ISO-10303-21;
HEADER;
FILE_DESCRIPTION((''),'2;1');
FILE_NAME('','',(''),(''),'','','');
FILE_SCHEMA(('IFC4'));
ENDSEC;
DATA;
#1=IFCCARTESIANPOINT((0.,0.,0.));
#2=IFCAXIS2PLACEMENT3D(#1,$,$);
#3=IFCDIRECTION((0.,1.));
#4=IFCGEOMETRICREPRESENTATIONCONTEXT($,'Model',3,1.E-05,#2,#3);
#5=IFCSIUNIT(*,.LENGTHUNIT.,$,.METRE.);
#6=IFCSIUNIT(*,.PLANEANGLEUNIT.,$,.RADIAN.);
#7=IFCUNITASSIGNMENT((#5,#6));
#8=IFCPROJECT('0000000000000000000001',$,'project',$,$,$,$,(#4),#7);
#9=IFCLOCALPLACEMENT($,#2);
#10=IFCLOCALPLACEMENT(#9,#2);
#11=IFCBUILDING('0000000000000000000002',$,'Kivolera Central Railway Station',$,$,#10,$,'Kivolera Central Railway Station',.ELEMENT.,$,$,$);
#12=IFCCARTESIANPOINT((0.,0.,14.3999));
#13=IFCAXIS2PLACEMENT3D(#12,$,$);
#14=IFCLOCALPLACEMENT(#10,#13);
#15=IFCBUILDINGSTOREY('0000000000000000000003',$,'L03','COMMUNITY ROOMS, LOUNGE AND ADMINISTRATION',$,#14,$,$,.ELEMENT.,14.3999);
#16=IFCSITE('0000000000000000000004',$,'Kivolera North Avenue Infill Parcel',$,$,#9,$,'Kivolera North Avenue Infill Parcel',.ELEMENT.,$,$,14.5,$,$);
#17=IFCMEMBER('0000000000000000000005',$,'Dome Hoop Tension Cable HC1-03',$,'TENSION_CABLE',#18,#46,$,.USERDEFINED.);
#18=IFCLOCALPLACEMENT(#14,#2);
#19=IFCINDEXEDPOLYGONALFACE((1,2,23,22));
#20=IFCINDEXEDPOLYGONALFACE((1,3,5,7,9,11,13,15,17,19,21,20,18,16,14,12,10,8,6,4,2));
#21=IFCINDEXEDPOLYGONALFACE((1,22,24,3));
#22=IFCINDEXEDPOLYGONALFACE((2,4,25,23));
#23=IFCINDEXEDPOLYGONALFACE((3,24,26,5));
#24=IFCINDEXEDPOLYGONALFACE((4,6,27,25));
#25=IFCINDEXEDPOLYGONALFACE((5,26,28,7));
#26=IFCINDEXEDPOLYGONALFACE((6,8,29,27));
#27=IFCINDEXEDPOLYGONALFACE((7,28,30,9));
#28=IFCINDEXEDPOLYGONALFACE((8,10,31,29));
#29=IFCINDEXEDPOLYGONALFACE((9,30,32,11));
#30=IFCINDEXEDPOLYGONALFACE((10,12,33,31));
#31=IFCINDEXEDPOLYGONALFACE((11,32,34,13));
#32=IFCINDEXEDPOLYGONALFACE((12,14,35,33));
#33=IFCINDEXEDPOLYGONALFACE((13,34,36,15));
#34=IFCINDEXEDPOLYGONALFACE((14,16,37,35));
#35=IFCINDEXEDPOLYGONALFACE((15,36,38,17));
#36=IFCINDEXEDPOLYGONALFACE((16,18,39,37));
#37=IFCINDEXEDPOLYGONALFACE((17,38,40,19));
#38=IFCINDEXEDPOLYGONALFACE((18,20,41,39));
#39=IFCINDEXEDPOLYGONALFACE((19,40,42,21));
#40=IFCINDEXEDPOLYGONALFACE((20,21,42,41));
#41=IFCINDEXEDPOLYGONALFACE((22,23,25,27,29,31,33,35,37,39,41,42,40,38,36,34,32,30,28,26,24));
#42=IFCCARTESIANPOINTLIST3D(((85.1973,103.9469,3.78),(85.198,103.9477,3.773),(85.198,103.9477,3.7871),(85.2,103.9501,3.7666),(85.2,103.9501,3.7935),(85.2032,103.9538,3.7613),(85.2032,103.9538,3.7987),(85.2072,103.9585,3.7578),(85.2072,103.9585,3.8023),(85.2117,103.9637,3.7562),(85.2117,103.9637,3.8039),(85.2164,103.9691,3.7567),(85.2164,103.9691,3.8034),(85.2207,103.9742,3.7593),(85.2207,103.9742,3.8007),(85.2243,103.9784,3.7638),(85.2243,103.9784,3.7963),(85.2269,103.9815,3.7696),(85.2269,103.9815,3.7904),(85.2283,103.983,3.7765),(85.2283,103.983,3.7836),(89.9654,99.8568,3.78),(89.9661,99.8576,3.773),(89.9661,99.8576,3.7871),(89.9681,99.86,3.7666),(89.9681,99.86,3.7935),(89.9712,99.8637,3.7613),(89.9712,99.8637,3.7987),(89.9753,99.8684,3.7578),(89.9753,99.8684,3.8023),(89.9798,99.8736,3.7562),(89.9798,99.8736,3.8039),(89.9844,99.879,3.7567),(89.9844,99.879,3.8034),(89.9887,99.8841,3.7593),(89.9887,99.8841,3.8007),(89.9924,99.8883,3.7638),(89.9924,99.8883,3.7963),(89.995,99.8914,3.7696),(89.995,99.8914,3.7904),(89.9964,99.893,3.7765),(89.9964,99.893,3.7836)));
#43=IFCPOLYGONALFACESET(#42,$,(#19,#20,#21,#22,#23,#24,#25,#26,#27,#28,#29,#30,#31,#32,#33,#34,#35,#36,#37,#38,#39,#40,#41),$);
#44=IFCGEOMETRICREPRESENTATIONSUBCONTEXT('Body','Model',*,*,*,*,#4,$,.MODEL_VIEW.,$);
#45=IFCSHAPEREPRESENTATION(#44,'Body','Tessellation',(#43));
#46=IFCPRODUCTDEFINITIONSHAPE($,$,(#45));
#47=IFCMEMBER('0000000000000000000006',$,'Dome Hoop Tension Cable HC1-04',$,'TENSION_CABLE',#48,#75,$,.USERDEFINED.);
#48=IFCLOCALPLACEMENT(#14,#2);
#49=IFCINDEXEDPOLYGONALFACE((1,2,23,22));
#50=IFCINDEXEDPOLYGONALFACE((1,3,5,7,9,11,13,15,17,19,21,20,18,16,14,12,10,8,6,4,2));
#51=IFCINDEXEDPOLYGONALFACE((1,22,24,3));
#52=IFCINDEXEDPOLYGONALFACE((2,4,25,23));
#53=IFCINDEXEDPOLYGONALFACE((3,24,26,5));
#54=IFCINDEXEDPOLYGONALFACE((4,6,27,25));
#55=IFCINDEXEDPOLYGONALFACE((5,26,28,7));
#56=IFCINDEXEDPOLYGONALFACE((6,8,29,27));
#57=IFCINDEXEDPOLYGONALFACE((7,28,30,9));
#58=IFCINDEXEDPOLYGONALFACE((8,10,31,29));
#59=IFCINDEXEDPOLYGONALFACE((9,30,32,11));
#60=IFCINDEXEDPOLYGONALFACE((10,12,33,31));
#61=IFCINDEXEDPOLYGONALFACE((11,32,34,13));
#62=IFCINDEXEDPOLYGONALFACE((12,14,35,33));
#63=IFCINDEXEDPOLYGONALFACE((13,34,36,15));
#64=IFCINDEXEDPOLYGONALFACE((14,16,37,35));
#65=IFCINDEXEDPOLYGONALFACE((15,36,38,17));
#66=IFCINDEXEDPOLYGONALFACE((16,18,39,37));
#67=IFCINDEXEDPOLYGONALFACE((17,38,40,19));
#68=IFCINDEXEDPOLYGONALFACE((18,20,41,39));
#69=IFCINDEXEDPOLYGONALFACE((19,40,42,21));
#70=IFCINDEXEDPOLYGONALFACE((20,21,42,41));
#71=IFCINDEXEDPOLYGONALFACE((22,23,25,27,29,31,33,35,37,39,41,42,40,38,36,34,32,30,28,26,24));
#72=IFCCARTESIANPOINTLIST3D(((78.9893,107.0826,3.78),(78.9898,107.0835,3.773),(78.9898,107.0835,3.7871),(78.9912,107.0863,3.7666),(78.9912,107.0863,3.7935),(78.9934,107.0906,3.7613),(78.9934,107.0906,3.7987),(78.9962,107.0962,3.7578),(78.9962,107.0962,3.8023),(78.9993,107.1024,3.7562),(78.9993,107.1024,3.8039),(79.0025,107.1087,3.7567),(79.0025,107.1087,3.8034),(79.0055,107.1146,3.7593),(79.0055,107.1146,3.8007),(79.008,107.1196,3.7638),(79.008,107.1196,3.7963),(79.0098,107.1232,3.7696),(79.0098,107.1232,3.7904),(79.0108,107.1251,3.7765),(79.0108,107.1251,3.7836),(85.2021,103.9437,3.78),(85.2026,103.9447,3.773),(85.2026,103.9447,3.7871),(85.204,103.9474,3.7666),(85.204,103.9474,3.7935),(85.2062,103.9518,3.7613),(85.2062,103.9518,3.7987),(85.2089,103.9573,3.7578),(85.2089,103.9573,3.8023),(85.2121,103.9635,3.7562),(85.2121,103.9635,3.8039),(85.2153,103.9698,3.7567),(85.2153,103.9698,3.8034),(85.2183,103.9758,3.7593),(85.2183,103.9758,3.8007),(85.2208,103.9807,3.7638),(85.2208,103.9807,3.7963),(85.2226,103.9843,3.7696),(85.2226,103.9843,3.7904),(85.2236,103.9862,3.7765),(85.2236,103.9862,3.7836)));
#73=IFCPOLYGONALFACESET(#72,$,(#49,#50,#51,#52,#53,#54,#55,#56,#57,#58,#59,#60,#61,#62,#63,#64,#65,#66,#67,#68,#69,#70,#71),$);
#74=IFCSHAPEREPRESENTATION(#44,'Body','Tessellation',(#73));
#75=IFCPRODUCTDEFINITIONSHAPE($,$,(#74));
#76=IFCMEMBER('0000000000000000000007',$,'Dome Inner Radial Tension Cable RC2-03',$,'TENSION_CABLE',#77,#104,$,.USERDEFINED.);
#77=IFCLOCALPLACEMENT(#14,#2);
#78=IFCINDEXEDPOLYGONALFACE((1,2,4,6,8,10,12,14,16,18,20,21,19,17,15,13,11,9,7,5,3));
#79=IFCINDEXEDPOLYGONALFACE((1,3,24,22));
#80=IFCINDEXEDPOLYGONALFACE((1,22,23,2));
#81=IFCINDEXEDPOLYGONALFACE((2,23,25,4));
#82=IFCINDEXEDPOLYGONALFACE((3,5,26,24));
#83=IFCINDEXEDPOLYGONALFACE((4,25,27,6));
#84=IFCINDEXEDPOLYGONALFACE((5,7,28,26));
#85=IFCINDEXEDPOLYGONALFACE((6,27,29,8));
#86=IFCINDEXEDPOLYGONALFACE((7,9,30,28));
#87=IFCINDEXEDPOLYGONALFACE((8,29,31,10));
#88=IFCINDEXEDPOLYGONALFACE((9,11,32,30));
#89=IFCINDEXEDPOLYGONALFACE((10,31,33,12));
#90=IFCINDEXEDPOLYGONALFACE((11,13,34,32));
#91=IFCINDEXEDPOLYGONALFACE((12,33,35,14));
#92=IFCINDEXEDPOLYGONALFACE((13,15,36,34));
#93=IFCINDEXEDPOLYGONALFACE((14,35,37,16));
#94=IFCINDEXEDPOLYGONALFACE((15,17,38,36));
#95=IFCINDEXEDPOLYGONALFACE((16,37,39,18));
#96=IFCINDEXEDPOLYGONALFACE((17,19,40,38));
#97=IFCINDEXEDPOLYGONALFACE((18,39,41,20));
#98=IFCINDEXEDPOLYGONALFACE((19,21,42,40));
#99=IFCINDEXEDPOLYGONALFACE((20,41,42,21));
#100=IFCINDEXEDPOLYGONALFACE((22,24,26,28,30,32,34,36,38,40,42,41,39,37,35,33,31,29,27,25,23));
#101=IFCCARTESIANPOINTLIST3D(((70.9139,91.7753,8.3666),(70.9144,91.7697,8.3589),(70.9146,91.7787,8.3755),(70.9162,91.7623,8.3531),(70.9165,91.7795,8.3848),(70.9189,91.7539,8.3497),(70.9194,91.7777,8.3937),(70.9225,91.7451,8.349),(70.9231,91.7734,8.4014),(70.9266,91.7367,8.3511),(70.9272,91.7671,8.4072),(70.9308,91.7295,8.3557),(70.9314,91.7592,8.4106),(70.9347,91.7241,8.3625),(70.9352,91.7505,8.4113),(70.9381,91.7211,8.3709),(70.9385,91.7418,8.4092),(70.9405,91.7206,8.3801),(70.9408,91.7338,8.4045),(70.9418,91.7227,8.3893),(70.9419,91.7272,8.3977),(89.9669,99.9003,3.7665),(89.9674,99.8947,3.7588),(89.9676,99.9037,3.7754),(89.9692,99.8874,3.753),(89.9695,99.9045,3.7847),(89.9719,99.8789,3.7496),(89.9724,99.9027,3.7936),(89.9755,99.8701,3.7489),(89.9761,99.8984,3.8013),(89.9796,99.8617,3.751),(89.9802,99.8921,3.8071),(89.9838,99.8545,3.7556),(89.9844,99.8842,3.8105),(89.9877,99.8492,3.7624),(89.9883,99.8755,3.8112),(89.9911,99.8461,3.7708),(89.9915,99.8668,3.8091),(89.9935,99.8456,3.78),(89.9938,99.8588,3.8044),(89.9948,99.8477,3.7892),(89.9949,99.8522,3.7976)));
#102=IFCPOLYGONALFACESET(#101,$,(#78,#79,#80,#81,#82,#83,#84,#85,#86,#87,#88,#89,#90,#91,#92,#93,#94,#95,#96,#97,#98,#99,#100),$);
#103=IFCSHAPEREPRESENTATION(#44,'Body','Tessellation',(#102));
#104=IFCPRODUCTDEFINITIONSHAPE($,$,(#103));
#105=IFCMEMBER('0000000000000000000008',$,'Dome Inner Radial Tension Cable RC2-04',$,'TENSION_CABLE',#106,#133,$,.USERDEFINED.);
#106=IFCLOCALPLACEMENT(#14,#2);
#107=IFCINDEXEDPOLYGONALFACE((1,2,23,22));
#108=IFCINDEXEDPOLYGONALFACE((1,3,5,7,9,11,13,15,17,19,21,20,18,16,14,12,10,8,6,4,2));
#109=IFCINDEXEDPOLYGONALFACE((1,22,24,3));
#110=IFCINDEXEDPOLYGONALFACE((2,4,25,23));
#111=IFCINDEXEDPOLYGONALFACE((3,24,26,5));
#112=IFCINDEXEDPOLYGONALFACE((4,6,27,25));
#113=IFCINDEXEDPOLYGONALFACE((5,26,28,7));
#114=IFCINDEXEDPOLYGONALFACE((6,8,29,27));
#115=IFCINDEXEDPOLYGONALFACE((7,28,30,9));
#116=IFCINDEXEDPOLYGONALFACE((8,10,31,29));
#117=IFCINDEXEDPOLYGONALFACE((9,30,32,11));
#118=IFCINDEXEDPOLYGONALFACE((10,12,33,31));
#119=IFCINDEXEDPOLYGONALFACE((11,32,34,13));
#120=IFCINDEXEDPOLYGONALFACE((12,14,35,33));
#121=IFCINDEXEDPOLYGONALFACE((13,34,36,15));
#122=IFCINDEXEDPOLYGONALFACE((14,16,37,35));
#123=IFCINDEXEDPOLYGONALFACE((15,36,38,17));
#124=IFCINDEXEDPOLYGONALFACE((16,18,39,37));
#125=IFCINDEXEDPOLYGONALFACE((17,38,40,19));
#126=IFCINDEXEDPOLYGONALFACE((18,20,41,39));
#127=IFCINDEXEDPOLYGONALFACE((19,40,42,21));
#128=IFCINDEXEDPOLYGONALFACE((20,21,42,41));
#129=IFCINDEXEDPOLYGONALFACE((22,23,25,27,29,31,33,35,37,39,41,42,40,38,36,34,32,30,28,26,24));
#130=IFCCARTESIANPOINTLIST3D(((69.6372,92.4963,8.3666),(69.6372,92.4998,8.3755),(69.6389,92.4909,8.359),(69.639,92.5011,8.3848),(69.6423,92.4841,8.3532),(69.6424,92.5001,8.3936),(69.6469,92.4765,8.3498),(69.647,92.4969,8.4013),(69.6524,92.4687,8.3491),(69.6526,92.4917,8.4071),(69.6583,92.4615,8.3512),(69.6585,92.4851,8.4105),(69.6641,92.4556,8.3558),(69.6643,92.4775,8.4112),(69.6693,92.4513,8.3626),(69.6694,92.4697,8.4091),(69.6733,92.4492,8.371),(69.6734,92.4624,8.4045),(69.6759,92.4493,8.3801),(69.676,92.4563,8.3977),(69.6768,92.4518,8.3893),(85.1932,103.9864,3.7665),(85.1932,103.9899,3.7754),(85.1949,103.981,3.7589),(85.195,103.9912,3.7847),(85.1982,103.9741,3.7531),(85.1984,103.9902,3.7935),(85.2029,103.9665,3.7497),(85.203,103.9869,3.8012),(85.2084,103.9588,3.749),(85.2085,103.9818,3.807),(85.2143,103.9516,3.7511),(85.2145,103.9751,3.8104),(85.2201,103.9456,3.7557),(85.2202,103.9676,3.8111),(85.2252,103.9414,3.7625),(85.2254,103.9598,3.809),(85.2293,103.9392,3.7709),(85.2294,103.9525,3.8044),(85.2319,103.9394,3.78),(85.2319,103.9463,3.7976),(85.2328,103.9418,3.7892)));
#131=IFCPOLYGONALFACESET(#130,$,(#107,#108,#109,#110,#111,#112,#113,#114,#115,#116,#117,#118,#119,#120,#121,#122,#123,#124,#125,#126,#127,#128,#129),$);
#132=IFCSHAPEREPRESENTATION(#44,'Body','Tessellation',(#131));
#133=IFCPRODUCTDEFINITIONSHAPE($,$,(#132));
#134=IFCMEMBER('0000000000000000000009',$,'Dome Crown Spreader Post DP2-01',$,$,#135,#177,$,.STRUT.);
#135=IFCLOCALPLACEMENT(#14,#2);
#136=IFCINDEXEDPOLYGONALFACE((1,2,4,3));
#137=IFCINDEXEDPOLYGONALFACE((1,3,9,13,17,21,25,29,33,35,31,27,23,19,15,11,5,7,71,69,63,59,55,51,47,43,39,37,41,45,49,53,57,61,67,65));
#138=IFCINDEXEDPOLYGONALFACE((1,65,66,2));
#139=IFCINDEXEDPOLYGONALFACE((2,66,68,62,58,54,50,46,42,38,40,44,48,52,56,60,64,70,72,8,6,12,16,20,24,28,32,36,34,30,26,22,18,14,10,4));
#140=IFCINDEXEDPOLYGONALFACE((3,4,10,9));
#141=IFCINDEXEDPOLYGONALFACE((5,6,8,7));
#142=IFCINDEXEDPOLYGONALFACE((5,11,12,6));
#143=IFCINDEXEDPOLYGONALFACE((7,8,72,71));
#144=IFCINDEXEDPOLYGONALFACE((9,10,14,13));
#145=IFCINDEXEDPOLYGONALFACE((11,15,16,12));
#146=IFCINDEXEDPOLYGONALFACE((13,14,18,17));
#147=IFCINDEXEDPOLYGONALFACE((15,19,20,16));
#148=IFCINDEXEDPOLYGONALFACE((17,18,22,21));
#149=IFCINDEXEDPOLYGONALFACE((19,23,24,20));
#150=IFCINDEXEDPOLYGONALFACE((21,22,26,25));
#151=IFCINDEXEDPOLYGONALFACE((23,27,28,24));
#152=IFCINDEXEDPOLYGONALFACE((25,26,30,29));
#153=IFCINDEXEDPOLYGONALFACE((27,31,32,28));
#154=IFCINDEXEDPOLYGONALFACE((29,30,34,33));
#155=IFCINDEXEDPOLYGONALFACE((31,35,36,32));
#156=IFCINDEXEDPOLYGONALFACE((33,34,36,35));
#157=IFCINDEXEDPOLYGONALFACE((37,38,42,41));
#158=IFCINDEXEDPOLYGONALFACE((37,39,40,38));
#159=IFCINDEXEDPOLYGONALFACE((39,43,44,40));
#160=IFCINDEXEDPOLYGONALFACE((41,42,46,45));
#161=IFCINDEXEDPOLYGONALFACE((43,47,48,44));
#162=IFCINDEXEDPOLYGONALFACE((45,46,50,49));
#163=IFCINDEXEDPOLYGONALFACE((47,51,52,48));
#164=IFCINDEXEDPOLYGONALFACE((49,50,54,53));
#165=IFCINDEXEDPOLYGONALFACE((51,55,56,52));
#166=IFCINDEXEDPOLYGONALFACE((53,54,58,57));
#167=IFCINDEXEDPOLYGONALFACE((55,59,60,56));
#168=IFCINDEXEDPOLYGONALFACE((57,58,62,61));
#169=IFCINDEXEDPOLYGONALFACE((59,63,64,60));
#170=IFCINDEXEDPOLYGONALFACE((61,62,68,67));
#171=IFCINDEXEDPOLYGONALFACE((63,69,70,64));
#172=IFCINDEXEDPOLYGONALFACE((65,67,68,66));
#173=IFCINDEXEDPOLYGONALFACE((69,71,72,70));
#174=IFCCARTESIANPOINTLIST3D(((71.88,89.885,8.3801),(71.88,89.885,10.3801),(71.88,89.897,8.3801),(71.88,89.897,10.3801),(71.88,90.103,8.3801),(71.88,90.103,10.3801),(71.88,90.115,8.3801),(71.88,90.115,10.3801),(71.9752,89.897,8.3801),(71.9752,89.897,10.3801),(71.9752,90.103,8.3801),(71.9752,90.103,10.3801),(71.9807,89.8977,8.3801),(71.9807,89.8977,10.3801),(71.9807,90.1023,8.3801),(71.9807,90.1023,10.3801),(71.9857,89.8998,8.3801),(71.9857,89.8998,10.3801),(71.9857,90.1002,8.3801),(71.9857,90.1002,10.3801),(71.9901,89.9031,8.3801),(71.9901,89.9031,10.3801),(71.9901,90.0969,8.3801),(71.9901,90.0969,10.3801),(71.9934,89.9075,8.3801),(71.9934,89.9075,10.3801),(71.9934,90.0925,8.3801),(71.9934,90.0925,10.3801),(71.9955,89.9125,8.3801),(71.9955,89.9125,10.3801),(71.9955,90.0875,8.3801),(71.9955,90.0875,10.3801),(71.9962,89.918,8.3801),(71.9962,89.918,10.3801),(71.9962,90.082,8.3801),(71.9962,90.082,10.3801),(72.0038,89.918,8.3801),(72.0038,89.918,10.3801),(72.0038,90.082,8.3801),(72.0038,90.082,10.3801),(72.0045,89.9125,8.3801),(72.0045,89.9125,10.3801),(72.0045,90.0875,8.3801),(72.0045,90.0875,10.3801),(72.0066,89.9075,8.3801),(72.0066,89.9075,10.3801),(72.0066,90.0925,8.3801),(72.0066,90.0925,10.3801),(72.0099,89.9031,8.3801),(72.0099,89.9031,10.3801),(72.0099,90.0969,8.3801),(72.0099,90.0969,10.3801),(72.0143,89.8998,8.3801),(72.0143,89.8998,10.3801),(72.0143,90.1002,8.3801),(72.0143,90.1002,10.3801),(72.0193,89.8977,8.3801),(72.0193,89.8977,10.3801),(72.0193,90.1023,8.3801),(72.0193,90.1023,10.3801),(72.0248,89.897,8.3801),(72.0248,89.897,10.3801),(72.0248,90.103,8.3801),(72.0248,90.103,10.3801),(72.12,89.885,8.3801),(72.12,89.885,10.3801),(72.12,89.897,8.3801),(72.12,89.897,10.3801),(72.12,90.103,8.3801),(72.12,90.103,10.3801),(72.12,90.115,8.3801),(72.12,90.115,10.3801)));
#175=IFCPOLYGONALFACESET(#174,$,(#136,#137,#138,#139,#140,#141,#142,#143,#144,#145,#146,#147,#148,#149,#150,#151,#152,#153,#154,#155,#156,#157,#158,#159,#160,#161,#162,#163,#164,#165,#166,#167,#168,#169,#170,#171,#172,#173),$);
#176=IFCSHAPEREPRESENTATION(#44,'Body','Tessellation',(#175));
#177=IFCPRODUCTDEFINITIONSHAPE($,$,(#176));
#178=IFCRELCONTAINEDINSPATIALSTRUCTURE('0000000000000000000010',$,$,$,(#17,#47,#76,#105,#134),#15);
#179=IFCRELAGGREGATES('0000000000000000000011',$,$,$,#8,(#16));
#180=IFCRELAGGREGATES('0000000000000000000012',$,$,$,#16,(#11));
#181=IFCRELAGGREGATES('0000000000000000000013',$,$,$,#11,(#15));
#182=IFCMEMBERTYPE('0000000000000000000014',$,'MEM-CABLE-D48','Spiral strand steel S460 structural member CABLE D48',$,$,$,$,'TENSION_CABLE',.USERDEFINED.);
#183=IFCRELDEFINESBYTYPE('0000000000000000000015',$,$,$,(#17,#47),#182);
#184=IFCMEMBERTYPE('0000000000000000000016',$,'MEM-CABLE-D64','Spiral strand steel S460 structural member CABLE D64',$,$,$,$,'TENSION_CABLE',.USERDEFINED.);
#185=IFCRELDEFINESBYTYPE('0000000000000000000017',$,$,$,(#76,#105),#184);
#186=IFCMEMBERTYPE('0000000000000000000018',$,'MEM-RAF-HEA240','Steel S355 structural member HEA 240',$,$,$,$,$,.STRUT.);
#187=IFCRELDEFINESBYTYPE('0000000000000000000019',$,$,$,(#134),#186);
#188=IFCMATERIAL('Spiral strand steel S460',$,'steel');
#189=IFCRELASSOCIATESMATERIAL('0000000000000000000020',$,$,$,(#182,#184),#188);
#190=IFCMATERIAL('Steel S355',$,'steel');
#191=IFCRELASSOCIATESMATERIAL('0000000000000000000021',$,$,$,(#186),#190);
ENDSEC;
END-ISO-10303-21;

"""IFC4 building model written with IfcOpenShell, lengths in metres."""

from ifc_helpers import new_model, si_unit, direction, frame, origin, origin_2d, place, context, subcontext, project, spatial, circle, i_section, extrude, material, material_profile, profile_set, type_object, element, save


model = new_model("IFC4")

# Units and contexts
model_context = context("Model", 3, precision=1e-05, world=origin(), true_north=direction((0.0, 1.0)))
body_context = subcontext(model_context, "Body", "Model", "MODEL_VIEW")
ifc_project = project(units=[si_unit("LENGTHUNIT", "METRE"), si_unit("PLANEANGLEUNIT", "RADIAN")], contexts=[model_context])

# Site, building, storey
site_placement = place(None, origin())
site = spatial("IfcSite", under=ifc_project, at=site_placement, Name="Kivolera North Avenue Infill Parcel", LongName="Kivolera North Avenue Infill Parcel", CompositionType="ELEMENT", RefElevation=14.5)
building_placement = place(site_placement, origin())
building = spatial("IfcBuilding", under=site, at=building_placement, Name="Kivolera Central Railway Station", LongName="Kivolera Central Railway Station", CompositionType="ELEMENT")
storey_placement = place(building_placement, frame((0.0, 0.0, 14.3999)))
storey = spatial("IfcBuildingStorey", under=building, at=storey_placement, Name="L03", Description="COMMUNITY ROOMS, LOUNGE AND ADMINISTRATION", CompositionType="ELEMENT", Elevation=14.3999)

# Shared definitions
ifc_material_1 = material(Name="Steel S355", Category="steel")

# Members
ifc_material_2 = material(Name="Spiral strand steel S460", Category="steel")
ifc_material_profile_1 = material_profile(ifc_material_2, circle(Radius=0.0239, at=origin_2d()), Name="CABLE D48")
ifc_profile_set_1 = profile_set([ifc_material_profile_1], Name="Spiral strand steel S460")
member_type_1 = type_object("IfcMemberType", Name="MEM-CABLE-D48", Description="Spiral strand steel S460 structural member CABLE D48", ElementType="TENSION_CABLE", PredefinedType="USERDEFINED", material=ifc_profile_set_1)
member_1_placement = place(storey_placement, frame((89.981, 99.875, 3.78), z_axis=(-0.759007, 0.651083, 0.0), x_axis=(-0.651083, -0.759007, 0.0)))
element("IfcMember", 1, at=member_1_placement, inside=storey, type_object=member_type_1, Name="Dome Hoop Tension Cable HC1-03", ObjectType="TENSION_CABLE", PredefinedType="USERDEFINED", context=body_context, shape_type="SweptSolid", body=[
    extrude(circle(Radius=0.0239, at=origin_2d()), origin(), (0.0, 0.0, 1.0), 6.282),
])
member_2_placement = place(storey_placement, frame((85.2129, 103.9651, 3.78), z_axis=(-0.892553, 0.450942, 0.0), x_axis=(-0.450942, -0.892553, 0.0)))
element("IfcMember", 2, at=member_2_placement, inside=storey, type_object=member_type_1, Name="Dome Hoop Tension Cable HC1-04", ObjectType="TENSION_CABLE", PredefinedType="USERDEFINED", context=body_context, shape_type="SweptSolid", body=[
    extrude(circle(Radius=0.0239, at=origin_2d()), origin(), (0.0, 0.0, 1.0), 6.9607),
])
ifc_material_profile_2 = material_profile(ifc_material_2, circle(Radius=0.032, at=origin_2d()), Name="CABLE D64")
ifc_profile_set_2 = profile_set([ifc_material_profile_2], Name="Spiral strand steel S460")
member_type_2 = type_object("IfcMemberType", Name="MEM-CABLE-D64", Description="Spiral strand steel S460 structural member CABLE D64", ElementType="TENSION_CABLE", PredefinedType="USERDEFINED", material=ifc_profile_set_2)
member_3_placement = place(storey_placement, frame((89.981, 99.875, 3.78), z_axis=(-0.897974, -0.382934, 0.216804), x_axis=(0.392264, -0.919853, 0.0)))
element("IfcMember", 3, at=member_3_placement, inside=storey, type_object=member_type_2, Name="Dome Inner Radial Tension Cable RC2-03", ObjectType="TENSION_CABLE", PredefinedType="USERDEFINED", context=body_context, shape_type="SweptSolid", body=[
    extrude(circle(Radius=0.032, at=origin_2d()), origin(), (0.0, 0.0, 1.0), 21.2178),
])
member_4_placement = place(storey_placement, frame((85.2129, 103.9651, 3.78), z_axis=(-0.782537, -0.578002, 0.231407), x_axis=(0.594128, -0.80437, 0.0)))
element("IfcMember", 4, at=member_4_placement, inside=storey, type_object=member_type_2, Name="Dome Inner Radial Tension Cable RC2-04", ObjectType="TENSION_CABLE", PredefinedType="USERDEFINED", context=body_context, shape_type="SweptSolid", body=[
    extrude(circle(Radius=0.032, at=origin_2d()), origin(), (0.0, 0.0, 1.0), 19.8789),
])
ifc_material_profile_3 = material_profile(ifc_material_1, i_section(OverallWidth=0.24, OverallDepth=0.23, WebThickness=0.0076, FlangeThickness=0.012, FilletRadius=0.021, at=origin_2d()), Name="HEA 240")
ifc_profile_set_3 = profile_set([ifc_material_profile_3], Name="Steel S355")
member_type_3 = type_object("IfcMemberType", Name="MEM-RAF-HEA240", Description="Steel S355 structural member HEA 240", PredefinedType="STRUT", material=ifc_profile_set_3)
for number, where, z_axis, x_axis, name in (
    (5, (72.0, 90.0, 8.3801), (0.0, 0.0, 1.0), (1.0, 0.0, 0.0), "Dome Crown Spreader Post DP2-01"),
):
    element("IfcMember", number, at=place(storey_placement, frame(where, z_axis=z_axis, x_axis=x_axis)), inside=storey, type_object=member_type_3, Name=name, PredefinedType="STRUT", context=body_context, shape_type="SweptSolid", body=[
        extrude(i_section(OverallWidth=0.24, OverallDepth=0.23, WebThickness=0.0076, FlangeThickness=0.012, FilletRadius=0.021, at=origin_2d()), origin(), (0.0, 0.0, 1.0), 2.0),
    ])

save(model, "model.ifc")
